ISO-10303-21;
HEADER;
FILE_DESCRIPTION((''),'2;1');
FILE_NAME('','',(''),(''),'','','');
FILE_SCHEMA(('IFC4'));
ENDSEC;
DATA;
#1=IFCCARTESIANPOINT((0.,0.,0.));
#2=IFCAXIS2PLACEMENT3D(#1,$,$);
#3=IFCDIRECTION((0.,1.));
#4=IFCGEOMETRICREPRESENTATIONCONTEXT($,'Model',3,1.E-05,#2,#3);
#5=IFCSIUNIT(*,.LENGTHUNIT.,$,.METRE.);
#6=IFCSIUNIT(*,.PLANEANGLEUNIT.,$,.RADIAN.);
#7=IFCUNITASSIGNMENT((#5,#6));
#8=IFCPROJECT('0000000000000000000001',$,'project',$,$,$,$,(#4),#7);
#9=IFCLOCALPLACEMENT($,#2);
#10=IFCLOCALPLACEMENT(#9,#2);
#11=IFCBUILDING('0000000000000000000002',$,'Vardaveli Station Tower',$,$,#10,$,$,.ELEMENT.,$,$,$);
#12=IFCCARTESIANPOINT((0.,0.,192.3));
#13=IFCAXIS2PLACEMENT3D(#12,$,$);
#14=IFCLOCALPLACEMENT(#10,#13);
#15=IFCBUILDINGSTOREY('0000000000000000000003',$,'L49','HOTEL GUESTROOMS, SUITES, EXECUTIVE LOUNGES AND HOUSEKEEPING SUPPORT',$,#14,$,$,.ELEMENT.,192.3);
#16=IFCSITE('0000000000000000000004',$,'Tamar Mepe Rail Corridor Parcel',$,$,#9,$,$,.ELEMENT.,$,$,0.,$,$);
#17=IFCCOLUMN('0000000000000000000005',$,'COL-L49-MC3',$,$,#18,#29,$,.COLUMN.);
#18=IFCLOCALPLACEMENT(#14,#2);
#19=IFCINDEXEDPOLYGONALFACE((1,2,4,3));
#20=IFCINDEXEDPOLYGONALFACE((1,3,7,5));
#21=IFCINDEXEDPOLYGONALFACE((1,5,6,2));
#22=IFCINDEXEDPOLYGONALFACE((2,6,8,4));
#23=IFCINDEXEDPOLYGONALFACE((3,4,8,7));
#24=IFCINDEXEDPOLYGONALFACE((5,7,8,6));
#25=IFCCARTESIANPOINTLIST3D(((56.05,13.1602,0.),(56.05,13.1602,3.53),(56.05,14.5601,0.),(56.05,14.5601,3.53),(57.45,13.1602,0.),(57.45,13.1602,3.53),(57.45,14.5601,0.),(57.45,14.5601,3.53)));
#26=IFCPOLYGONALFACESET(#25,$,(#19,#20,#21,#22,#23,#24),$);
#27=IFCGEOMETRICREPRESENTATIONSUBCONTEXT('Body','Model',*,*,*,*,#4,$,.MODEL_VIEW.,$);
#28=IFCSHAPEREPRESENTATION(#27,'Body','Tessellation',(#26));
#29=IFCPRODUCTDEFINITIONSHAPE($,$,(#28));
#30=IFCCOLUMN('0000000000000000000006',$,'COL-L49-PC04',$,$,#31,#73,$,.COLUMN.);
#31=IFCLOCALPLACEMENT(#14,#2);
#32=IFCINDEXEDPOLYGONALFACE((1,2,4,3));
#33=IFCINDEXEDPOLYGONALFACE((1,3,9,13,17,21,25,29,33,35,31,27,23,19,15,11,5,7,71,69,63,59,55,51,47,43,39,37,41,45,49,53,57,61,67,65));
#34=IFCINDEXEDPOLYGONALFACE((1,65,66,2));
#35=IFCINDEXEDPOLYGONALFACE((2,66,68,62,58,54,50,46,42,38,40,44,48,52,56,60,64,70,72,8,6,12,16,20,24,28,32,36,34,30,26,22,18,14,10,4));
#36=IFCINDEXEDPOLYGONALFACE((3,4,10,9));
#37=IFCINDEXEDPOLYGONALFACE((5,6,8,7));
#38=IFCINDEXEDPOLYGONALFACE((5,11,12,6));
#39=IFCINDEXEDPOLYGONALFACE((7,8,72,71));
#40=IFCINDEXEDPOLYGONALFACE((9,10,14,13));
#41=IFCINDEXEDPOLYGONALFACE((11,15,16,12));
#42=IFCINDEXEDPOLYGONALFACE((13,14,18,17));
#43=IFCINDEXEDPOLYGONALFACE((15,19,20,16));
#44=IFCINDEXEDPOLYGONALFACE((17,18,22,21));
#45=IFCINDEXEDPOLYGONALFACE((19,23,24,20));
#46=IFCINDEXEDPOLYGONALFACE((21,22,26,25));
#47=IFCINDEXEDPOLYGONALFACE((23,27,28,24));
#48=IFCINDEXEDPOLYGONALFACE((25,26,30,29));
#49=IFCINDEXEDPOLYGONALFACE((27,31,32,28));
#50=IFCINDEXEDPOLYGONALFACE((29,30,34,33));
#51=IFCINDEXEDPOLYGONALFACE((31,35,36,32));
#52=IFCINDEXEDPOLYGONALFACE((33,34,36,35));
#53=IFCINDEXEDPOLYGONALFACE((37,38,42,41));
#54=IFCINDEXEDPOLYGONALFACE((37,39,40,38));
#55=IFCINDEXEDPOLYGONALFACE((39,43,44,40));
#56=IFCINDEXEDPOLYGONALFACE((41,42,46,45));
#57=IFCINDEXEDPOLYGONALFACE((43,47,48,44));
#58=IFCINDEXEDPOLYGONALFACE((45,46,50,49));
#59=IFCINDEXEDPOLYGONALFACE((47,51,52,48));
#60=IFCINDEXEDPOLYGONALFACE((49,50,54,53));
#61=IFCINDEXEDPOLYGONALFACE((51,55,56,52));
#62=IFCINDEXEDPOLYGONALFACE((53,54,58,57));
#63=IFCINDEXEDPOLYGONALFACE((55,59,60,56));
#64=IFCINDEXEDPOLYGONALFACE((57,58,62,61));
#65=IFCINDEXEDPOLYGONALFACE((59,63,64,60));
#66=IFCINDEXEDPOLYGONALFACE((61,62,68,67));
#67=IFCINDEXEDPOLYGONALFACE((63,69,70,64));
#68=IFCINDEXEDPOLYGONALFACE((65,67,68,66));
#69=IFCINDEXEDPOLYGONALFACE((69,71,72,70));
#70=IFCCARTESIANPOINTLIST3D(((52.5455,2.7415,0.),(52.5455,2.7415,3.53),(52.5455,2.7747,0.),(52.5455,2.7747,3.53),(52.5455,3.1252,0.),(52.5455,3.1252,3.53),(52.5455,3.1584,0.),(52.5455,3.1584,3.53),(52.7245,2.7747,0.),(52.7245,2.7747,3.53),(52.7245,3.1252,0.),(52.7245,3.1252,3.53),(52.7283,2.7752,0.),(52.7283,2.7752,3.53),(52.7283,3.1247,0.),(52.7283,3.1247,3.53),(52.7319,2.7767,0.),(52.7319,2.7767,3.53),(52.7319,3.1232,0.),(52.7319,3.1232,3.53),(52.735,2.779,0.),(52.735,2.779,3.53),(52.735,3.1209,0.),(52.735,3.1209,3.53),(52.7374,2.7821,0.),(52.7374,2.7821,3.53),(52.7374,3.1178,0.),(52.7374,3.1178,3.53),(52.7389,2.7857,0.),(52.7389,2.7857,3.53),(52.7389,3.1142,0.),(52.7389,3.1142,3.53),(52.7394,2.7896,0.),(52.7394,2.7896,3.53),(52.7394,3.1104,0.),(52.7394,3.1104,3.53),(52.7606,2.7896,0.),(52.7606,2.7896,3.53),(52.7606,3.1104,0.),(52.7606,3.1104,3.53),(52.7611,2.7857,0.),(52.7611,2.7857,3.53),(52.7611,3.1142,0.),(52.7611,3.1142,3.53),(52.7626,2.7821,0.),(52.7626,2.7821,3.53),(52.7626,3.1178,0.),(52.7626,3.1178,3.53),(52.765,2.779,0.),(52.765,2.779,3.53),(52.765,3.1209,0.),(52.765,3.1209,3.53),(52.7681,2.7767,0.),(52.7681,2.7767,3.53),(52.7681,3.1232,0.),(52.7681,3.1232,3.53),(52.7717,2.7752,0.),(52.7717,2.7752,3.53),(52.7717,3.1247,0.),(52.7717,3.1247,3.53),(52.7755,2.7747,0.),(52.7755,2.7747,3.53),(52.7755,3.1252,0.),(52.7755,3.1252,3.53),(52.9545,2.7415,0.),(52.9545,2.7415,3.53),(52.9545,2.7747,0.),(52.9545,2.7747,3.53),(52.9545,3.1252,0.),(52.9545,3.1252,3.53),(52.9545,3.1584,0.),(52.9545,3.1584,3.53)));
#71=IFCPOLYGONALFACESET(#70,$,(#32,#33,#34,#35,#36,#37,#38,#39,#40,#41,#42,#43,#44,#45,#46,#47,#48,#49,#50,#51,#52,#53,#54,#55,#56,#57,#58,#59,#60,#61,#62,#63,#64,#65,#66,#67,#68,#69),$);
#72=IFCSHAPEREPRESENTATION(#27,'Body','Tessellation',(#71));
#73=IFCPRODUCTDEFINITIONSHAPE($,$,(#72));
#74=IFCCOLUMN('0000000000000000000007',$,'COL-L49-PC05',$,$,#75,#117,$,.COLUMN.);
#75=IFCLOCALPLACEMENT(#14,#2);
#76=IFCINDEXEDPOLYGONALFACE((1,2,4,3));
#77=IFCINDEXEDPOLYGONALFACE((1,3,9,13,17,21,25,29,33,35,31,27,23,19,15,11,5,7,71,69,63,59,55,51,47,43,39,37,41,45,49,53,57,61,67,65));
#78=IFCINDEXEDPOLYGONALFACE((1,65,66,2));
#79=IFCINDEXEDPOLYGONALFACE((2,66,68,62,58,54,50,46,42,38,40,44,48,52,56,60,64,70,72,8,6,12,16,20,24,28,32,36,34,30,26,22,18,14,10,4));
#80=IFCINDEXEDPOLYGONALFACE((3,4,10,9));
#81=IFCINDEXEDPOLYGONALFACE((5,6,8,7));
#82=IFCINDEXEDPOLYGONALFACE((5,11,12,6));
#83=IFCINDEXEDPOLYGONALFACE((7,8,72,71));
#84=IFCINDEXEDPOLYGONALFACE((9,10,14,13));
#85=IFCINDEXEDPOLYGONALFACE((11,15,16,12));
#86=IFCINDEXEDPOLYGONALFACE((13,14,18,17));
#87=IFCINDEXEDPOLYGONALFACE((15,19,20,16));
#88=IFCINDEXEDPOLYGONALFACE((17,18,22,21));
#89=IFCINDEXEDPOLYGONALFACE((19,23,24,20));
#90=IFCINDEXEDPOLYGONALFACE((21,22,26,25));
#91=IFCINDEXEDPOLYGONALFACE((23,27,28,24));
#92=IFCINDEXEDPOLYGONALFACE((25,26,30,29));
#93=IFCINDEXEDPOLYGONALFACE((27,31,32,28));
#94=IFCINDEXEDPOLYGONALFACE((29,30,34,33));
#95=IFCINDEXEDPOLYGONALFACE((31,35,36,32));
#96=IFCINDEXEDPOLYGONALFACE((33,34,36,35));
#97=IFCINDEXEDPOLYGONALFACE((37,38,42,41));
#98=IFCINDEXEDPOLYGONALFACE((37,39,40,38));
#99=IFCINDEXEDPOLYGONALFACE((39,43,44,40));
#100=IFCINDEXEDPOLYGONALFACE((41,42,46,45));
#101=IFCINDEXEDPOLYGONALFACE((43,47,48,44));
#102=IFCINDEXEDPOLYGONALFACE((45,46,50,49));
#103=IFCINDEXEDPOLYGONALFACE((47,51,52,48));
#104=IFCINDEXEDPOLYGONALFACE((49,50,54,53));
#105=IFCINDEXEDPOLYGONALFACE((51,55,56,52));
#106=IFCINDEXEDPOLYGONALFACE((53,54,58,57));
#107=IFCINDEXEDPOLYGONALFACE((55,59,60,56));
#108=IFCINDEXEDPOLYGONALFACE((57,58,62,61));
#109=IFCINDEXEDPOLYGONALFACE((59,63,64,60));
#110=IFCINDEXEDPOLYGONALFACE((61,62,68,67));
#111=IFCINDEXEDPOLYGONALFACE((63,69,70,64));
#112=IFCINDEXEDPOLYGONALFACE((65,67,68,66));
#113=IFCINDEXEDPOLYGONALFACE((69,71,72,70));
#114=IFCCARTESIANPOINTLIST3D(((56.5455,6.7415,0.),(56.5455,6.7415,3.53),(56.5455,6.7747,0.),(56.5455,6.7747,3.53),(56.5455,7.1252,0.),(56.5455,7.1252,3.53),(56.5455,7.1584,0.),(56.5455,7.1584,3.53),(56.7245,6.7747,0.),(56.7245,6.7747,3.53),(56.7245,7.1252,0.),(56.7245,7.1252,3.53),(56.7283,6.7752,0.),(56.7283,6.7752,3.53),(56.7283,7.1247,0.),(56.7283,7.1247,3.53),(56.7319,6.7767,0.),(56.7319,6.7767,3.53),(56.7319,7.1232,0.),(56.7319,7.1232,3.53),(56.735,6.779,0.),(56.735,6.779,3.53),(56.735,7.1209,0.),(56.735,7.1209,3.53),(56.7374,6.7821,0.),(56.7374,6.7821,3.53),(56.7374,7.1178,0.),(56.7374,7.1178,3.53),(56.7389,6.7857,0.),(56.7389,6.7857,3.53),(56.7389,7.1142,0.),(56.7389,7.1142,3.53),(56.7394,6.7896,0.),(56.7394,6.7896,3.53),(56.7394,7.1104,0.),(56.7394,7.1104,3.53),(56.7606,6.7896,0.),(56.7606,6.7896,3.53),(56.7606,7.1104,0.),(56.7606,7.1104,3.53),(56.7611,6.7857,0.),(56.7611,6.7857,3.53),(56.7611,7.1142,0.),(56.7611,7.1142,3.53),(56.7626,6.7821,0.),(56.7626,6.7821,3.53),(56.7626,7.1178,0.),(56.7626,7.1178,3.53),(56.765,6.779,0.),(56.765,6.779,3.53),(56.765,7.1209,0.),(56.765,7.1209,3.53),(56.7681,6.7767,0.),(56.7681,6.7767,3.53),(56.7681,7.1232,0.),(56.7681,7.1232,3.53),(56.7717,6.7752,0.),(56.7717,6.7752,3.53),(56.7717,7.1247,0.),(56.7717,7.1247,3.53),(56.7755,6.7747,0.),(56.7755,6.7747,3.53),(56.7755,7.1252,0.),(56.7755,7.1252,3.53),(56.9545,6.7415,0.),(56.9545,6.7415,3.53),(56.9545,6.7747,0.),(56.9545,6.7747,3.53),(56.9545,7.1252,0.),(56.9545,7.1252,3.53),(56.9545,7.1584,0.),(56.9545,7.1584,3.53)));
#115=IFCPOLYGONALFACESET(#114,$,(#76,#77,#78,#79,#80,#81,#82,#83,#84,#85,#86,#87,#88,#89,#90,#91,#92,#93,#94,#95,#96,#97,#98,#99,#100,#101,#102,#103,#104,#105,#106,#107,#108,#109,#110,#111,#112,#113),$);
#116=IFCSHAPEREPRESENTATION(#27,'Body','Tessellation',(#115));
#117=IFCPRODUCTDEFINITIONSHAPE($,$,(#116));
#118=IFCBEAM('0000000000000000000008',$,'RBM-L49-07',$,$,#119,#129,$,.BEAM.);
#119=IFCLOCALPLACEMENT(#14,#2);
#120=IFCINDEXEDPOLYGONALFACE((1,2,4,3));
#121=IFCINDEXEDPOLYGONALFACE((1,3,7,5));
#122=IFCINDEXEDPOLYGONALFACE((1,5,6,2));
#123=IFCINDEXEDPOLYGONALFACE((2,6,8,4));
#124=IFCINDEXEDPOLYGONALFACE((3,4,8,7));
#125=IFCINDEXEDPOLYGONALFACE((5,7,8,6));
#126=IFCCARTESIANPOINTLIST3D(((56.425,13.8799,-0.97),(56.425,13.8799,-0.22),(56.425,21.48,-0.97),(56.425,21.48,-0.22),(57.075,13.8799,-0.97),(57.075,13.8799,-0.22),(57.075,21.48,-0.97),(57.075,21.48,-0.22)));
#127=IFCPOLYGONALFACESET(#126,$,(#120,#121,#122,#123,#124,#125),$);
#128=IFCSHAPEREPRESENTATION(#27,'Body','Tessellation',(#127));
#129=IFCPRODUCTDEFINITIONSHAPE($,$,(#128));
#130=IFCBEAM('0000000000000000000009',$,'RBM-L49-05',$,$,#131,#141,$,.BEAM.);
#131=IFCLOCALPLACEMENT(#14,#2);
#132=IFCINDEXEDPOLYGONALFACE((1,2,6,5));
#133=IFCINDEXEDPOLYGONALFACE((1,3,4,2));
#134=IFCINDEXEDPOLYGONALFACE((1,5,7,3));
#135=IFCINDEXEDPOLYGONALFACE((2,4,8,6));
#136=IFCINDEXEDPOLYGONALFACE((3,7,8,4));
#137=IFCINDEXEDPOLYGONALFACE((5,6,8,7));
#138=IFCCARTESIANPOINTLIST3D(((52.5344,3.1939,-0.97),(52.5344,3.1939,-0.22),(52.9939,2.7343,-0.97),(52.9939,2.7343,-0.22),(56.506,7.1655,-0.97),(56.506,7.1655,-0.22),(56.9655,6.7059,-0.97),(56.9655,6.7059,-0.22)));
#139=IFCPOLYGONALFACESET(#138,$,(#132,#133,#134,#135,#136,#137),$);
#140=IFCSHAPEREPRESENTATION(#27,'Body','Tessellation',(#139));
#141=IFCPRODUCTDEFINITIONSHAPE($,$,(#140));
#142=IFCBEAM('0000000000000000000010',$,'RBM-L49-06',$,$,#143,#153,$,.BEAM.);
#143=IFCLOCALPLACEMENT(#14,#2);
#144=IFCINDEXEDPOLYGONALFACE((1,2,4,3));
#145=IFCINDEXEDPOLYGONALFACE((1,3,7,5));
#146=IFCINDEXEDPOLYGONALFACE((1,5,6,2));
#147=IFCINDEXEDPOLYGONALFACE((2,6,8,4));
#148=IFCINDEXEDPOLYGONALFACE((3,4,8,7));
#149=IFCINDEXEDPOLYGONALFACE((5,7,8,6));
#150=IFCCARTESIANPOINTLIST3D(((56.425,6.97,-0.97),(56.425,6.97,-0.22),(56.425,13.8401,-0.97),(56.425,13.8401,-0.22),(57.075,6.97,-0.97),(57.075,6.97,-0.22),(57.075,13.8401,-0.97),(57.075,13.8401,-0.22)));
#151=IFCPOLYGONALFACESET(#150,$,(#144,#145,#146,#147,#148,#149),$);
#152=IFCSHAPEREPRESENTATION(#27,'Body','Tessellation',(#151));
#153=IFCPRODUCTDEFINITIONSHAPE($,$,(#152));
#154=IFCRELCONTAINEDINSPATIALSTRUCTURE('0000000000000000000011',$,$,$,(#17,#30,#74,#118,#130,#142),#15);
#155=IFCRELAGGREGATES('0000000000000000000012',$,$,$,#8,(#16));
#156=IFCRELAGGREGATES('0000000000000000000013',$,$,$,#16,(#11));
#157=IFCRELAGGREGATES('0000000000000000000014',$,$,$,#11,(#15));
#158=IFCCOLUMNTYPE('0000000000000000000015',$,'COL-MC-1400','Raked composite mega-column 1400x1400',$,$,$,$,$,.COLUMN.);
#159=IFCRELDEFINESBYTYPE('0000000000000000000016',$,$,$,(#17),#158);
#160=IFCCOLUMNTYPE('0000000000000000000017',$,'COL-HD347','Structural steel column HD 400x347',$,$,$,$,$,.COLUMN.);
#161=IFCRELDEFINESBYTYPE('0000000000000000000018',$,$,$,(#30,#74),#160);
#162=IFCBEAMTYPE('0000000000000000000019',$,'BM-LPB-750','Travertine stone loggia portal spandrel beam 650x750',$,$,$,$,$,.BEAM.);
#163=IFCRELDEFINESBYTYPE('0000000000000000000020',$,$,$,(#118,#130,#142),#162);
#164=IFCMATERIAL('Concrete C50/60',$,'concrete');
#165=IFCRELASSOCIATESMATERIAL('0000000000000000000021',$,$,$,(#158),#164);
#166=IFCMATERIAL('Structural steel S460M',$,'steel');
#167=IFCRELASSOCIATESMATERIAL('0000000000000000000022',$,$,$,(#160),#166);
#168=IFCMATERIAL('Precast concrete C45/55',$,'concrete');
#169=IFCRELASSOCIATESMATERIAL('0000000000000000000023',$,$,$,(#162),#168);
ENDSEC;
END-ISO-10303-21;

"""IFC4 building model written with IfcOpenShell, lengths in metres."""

from ifc_helpers import new_model, si_unit, direction, frame, origin, origin_2d, place, context, subcontext, project, spatial, rectangle, i_section, extrude, source, transform, mapped, material, material_profile, profile_set, type_object, element, save


model = new_model("IFC4")

# Units and contexts
model_context = context("Model", 3, precision=1e-05, world=origin(), true_north=direction((0.0, 1.0)))
body_context = subcontext(model_context, "Body", "Model", "MODEL_VIEW")
ifc_project = project(units=[si_unit("LENGTHUNIT", "METRE"), si_unit("PLANEANGLEUNIT", "RADIAN")], contexts=[model_context])

# Site, building, storey
site_placement = place(None, origin())
site = spatial("IfcSite", under=ifc_project, at=site_placement, Name="Tamar Mepe Rail Corridor Parcel", CompositionType="ELEMENT", RefElevation=0.0)
building_placement = place(site_placement, origin())
building = spatial("IfcBuilding", under=site, at=building_placement, Name="Vardaveli Station Tower", CompositionType="ELEMENT")
storey_placement = place(building_placement, frame((0.0, 0.0, 192.3)))
storey = spatial("IfcBuildingStorey", under=building, at=storey_placement, Name="L49", Description="HOTEL GUESTROOMS, SUITES, EXECUTIVE LOUNGES AND HOUSEKEEPING SUPPORT", CompositionType="ELEMENT", Elevation=192.3)

# Columns
ifc_material_1 = material(Name="Concrete C50/60", Category="concrete")
ifc_material_profile_1 = material_profile(ifc_material_1, rectangle(XDim=1.3999, YDim=1.3999, at=origin_2d()), Name="MC 1400x1400")
ifc_profile_set_1 = profile_set([ifc_material_profile_1], Name="Concrete C50/60")
column_type_1 = type_object("IfcColumnType", Name="COL-MC-1400", Description="Raked composite mega-column 1400x1400", PredefinedType="COLUMN", material=ifc_profile_set_1)
shared_shape_1 = source(origin(), body_context, "Body", "SweptSolid", [
    extrude(rectangle(XDim=1.3999, YDim=1.3999, at=origin_2d()), origin(), (0.0, 0.0, 1.0), 3.53),
])
column_placement = place(storey_placement, frame((56.75, 13.8601, 0.0), z_axis=(0.0, 0.0, 1.0), x_axis=(1.0, 0.0, 0.0)))
element("IfcColumn", 1, at=column_placement, inside=storey, type_object=column_type_1, Name="COL-L49-MC3", PredefinedType="COLUMN", context=body_context, shape_type="MappedRepresentation", body=[
    mapped(shared_shape_1, transform((0.0, 0.0, 0.0), scale=1.0)),
])
ifc_material_2 = material(Name="Structural steel S460M", Category="steel")
ifc_material_profile_2 = material_profile(ifc_material_2, i_section(OverallWidth=0.4089, OverallDepth=0.417, WebThickness=0.0212, FlangeThickness=0.0332, FilletRadius=0.0149, at=origin_2d()), Name="HD 400x347")
ifc_profile_set_2 = profile_set([ifc_material_profile_2], Name="Structural steel S460M")
column_type_2 = type_object("IfcColumnType", Name="COL-HD347", Description="Structural steel column HD 400x347", PredefinedType="COLUMN", material=ifc_profile_set_2)
shared_shape_2 = source(origin(), body_context, "Body", "SweptSolid", [
    extrude(i_section(OverallWidth=0.4089, OverallDepth=0.417, WebThickness=0.0212, FlangeThickness=0.0332, FilletRadius=0.0149, at=origin_2d()), origin(), (0.0, 0.0, 1.0), 3.53),
])
for number, where, z_axis, x_axis, name in (
    (2, (52.75, 2.95, 0.0), (0.0, 0.0, 1.0), (1.0, 0.0, 0.0), "COL-L49-PC04"),
    (3, (56.75, 6.95, 0.0), (0.0, 0.0, 1.0), (1.0, 0.0, 0.0), "COL-L49-PC05"),
):
    element("IfcColumn", number, at=place(storey_placement, frame(where, z_axis=z_axis, x_axis=x_axis)), inside=storey, type_object=column_type_2, Name=name, PredefinedType="COLUMN", context=body_context, shape_type="MappedRepresentation", body=[
        mapped(shared_shape_2, transform((0.0, 0.0, 0.0), scale=1.0)),
    ])

# Beams
ifc_material_3 = material(Name="Precast concrete C45/55", Category="concrete")
ifc_material_profile_3 = material_profile(ifc_material_3, rectangle(XDim=0.6499, YDim=0.75, at=origin_2d()), Name="LPB 650x750")
ifc_profile_set_3 = profile_set([ifc_material_profile_3], Name="Precast concrete C45/55")
beam_type_1 = type_object("IfcBeamType", Name="BM-LPB-750", Description="Travertine stone loggia portal spandrel beam 650x750", PredefinedType="BEAM", material=ifc_profile_set_3)
shared_shape_3 = source(origin(), body_context, "Body", "SweptSolid", [
    extrude(rectangle(XDim=0.6499, YDim=0.75, at=origin_2d()), origin(), (0.0, 0.0, 1.0), 7.6001),
])
beam_1_placement = place(storey_placement, frame((56.75, 13.8799, -0.595), z_axis=(0.0, 1.0, 0.0), x_axis=(-1.0, 0.0, 0.0)))
element("IfcBeam", 4, at=beam_1_placement, inside=storey, type_object=beam_type_1, Name="RBM-L49-07", PredefinedType="BEAM", context=body_context, shape_type="MappedRepresentation", body=[
    mapped(shared_shape_3, transform((0.0, 0.0, 0.0), scale=1.0)),
])
shared_shape_4 = source(origin(), body_context, "Body", "SweptSolid", [
    extrude(rectangle(XDim=0.6499, YDim=0.75, at=origin_2d()), origin(), (0.0, 0.0, 1.0), 5.6167),
])
beam_2_placement = place(storey_placement, frame((52.7642, 2.9641, -0.595), z_axis=(0.707107, 0.707107, 0.0), x_axis=(-0.707107, 0.707107, 0.0)))
element("IfcBeam", 5, at=beam_2_placement, inside=storey, type_object=beam_type_1, Name="RBM-L49-05", PredefinedType="BEAM", context=body_context, shape_type="MappedRepresentation", body=[
    mapped(shared_shape_4, transform((0.0, 0.0, 0.0), scale=1.0)),
])
shared_shape_5 = source(origin(), body_context, "Body", "SweptSolid", [
    extrude(rectangle(XDim=0.6499, YDim=0.75, at=origin_2d()), origin(), (0.0, 0.0, 1.0), 6.8701),
])
beam_3_placement = place(storey_placement, frame((56.75, 6.97, -0.595), z_axis=(0.0, 1.0, 0.0), x_axis=(-1.0, 0.0, 0.0)))
element("IfcBeam", 6, at=beam_3_placement, inside=storey, type_object=beam_type_1, Name="RBM-L49-06", PredefinedType="BEAM", context=body_context, shape_type="MappedRepresentation", body=[
    mapped(shared_shape_5, transform((0.0, 0.0, 0.0), scale=1.0)),
])

save(model, "model.ifc")
